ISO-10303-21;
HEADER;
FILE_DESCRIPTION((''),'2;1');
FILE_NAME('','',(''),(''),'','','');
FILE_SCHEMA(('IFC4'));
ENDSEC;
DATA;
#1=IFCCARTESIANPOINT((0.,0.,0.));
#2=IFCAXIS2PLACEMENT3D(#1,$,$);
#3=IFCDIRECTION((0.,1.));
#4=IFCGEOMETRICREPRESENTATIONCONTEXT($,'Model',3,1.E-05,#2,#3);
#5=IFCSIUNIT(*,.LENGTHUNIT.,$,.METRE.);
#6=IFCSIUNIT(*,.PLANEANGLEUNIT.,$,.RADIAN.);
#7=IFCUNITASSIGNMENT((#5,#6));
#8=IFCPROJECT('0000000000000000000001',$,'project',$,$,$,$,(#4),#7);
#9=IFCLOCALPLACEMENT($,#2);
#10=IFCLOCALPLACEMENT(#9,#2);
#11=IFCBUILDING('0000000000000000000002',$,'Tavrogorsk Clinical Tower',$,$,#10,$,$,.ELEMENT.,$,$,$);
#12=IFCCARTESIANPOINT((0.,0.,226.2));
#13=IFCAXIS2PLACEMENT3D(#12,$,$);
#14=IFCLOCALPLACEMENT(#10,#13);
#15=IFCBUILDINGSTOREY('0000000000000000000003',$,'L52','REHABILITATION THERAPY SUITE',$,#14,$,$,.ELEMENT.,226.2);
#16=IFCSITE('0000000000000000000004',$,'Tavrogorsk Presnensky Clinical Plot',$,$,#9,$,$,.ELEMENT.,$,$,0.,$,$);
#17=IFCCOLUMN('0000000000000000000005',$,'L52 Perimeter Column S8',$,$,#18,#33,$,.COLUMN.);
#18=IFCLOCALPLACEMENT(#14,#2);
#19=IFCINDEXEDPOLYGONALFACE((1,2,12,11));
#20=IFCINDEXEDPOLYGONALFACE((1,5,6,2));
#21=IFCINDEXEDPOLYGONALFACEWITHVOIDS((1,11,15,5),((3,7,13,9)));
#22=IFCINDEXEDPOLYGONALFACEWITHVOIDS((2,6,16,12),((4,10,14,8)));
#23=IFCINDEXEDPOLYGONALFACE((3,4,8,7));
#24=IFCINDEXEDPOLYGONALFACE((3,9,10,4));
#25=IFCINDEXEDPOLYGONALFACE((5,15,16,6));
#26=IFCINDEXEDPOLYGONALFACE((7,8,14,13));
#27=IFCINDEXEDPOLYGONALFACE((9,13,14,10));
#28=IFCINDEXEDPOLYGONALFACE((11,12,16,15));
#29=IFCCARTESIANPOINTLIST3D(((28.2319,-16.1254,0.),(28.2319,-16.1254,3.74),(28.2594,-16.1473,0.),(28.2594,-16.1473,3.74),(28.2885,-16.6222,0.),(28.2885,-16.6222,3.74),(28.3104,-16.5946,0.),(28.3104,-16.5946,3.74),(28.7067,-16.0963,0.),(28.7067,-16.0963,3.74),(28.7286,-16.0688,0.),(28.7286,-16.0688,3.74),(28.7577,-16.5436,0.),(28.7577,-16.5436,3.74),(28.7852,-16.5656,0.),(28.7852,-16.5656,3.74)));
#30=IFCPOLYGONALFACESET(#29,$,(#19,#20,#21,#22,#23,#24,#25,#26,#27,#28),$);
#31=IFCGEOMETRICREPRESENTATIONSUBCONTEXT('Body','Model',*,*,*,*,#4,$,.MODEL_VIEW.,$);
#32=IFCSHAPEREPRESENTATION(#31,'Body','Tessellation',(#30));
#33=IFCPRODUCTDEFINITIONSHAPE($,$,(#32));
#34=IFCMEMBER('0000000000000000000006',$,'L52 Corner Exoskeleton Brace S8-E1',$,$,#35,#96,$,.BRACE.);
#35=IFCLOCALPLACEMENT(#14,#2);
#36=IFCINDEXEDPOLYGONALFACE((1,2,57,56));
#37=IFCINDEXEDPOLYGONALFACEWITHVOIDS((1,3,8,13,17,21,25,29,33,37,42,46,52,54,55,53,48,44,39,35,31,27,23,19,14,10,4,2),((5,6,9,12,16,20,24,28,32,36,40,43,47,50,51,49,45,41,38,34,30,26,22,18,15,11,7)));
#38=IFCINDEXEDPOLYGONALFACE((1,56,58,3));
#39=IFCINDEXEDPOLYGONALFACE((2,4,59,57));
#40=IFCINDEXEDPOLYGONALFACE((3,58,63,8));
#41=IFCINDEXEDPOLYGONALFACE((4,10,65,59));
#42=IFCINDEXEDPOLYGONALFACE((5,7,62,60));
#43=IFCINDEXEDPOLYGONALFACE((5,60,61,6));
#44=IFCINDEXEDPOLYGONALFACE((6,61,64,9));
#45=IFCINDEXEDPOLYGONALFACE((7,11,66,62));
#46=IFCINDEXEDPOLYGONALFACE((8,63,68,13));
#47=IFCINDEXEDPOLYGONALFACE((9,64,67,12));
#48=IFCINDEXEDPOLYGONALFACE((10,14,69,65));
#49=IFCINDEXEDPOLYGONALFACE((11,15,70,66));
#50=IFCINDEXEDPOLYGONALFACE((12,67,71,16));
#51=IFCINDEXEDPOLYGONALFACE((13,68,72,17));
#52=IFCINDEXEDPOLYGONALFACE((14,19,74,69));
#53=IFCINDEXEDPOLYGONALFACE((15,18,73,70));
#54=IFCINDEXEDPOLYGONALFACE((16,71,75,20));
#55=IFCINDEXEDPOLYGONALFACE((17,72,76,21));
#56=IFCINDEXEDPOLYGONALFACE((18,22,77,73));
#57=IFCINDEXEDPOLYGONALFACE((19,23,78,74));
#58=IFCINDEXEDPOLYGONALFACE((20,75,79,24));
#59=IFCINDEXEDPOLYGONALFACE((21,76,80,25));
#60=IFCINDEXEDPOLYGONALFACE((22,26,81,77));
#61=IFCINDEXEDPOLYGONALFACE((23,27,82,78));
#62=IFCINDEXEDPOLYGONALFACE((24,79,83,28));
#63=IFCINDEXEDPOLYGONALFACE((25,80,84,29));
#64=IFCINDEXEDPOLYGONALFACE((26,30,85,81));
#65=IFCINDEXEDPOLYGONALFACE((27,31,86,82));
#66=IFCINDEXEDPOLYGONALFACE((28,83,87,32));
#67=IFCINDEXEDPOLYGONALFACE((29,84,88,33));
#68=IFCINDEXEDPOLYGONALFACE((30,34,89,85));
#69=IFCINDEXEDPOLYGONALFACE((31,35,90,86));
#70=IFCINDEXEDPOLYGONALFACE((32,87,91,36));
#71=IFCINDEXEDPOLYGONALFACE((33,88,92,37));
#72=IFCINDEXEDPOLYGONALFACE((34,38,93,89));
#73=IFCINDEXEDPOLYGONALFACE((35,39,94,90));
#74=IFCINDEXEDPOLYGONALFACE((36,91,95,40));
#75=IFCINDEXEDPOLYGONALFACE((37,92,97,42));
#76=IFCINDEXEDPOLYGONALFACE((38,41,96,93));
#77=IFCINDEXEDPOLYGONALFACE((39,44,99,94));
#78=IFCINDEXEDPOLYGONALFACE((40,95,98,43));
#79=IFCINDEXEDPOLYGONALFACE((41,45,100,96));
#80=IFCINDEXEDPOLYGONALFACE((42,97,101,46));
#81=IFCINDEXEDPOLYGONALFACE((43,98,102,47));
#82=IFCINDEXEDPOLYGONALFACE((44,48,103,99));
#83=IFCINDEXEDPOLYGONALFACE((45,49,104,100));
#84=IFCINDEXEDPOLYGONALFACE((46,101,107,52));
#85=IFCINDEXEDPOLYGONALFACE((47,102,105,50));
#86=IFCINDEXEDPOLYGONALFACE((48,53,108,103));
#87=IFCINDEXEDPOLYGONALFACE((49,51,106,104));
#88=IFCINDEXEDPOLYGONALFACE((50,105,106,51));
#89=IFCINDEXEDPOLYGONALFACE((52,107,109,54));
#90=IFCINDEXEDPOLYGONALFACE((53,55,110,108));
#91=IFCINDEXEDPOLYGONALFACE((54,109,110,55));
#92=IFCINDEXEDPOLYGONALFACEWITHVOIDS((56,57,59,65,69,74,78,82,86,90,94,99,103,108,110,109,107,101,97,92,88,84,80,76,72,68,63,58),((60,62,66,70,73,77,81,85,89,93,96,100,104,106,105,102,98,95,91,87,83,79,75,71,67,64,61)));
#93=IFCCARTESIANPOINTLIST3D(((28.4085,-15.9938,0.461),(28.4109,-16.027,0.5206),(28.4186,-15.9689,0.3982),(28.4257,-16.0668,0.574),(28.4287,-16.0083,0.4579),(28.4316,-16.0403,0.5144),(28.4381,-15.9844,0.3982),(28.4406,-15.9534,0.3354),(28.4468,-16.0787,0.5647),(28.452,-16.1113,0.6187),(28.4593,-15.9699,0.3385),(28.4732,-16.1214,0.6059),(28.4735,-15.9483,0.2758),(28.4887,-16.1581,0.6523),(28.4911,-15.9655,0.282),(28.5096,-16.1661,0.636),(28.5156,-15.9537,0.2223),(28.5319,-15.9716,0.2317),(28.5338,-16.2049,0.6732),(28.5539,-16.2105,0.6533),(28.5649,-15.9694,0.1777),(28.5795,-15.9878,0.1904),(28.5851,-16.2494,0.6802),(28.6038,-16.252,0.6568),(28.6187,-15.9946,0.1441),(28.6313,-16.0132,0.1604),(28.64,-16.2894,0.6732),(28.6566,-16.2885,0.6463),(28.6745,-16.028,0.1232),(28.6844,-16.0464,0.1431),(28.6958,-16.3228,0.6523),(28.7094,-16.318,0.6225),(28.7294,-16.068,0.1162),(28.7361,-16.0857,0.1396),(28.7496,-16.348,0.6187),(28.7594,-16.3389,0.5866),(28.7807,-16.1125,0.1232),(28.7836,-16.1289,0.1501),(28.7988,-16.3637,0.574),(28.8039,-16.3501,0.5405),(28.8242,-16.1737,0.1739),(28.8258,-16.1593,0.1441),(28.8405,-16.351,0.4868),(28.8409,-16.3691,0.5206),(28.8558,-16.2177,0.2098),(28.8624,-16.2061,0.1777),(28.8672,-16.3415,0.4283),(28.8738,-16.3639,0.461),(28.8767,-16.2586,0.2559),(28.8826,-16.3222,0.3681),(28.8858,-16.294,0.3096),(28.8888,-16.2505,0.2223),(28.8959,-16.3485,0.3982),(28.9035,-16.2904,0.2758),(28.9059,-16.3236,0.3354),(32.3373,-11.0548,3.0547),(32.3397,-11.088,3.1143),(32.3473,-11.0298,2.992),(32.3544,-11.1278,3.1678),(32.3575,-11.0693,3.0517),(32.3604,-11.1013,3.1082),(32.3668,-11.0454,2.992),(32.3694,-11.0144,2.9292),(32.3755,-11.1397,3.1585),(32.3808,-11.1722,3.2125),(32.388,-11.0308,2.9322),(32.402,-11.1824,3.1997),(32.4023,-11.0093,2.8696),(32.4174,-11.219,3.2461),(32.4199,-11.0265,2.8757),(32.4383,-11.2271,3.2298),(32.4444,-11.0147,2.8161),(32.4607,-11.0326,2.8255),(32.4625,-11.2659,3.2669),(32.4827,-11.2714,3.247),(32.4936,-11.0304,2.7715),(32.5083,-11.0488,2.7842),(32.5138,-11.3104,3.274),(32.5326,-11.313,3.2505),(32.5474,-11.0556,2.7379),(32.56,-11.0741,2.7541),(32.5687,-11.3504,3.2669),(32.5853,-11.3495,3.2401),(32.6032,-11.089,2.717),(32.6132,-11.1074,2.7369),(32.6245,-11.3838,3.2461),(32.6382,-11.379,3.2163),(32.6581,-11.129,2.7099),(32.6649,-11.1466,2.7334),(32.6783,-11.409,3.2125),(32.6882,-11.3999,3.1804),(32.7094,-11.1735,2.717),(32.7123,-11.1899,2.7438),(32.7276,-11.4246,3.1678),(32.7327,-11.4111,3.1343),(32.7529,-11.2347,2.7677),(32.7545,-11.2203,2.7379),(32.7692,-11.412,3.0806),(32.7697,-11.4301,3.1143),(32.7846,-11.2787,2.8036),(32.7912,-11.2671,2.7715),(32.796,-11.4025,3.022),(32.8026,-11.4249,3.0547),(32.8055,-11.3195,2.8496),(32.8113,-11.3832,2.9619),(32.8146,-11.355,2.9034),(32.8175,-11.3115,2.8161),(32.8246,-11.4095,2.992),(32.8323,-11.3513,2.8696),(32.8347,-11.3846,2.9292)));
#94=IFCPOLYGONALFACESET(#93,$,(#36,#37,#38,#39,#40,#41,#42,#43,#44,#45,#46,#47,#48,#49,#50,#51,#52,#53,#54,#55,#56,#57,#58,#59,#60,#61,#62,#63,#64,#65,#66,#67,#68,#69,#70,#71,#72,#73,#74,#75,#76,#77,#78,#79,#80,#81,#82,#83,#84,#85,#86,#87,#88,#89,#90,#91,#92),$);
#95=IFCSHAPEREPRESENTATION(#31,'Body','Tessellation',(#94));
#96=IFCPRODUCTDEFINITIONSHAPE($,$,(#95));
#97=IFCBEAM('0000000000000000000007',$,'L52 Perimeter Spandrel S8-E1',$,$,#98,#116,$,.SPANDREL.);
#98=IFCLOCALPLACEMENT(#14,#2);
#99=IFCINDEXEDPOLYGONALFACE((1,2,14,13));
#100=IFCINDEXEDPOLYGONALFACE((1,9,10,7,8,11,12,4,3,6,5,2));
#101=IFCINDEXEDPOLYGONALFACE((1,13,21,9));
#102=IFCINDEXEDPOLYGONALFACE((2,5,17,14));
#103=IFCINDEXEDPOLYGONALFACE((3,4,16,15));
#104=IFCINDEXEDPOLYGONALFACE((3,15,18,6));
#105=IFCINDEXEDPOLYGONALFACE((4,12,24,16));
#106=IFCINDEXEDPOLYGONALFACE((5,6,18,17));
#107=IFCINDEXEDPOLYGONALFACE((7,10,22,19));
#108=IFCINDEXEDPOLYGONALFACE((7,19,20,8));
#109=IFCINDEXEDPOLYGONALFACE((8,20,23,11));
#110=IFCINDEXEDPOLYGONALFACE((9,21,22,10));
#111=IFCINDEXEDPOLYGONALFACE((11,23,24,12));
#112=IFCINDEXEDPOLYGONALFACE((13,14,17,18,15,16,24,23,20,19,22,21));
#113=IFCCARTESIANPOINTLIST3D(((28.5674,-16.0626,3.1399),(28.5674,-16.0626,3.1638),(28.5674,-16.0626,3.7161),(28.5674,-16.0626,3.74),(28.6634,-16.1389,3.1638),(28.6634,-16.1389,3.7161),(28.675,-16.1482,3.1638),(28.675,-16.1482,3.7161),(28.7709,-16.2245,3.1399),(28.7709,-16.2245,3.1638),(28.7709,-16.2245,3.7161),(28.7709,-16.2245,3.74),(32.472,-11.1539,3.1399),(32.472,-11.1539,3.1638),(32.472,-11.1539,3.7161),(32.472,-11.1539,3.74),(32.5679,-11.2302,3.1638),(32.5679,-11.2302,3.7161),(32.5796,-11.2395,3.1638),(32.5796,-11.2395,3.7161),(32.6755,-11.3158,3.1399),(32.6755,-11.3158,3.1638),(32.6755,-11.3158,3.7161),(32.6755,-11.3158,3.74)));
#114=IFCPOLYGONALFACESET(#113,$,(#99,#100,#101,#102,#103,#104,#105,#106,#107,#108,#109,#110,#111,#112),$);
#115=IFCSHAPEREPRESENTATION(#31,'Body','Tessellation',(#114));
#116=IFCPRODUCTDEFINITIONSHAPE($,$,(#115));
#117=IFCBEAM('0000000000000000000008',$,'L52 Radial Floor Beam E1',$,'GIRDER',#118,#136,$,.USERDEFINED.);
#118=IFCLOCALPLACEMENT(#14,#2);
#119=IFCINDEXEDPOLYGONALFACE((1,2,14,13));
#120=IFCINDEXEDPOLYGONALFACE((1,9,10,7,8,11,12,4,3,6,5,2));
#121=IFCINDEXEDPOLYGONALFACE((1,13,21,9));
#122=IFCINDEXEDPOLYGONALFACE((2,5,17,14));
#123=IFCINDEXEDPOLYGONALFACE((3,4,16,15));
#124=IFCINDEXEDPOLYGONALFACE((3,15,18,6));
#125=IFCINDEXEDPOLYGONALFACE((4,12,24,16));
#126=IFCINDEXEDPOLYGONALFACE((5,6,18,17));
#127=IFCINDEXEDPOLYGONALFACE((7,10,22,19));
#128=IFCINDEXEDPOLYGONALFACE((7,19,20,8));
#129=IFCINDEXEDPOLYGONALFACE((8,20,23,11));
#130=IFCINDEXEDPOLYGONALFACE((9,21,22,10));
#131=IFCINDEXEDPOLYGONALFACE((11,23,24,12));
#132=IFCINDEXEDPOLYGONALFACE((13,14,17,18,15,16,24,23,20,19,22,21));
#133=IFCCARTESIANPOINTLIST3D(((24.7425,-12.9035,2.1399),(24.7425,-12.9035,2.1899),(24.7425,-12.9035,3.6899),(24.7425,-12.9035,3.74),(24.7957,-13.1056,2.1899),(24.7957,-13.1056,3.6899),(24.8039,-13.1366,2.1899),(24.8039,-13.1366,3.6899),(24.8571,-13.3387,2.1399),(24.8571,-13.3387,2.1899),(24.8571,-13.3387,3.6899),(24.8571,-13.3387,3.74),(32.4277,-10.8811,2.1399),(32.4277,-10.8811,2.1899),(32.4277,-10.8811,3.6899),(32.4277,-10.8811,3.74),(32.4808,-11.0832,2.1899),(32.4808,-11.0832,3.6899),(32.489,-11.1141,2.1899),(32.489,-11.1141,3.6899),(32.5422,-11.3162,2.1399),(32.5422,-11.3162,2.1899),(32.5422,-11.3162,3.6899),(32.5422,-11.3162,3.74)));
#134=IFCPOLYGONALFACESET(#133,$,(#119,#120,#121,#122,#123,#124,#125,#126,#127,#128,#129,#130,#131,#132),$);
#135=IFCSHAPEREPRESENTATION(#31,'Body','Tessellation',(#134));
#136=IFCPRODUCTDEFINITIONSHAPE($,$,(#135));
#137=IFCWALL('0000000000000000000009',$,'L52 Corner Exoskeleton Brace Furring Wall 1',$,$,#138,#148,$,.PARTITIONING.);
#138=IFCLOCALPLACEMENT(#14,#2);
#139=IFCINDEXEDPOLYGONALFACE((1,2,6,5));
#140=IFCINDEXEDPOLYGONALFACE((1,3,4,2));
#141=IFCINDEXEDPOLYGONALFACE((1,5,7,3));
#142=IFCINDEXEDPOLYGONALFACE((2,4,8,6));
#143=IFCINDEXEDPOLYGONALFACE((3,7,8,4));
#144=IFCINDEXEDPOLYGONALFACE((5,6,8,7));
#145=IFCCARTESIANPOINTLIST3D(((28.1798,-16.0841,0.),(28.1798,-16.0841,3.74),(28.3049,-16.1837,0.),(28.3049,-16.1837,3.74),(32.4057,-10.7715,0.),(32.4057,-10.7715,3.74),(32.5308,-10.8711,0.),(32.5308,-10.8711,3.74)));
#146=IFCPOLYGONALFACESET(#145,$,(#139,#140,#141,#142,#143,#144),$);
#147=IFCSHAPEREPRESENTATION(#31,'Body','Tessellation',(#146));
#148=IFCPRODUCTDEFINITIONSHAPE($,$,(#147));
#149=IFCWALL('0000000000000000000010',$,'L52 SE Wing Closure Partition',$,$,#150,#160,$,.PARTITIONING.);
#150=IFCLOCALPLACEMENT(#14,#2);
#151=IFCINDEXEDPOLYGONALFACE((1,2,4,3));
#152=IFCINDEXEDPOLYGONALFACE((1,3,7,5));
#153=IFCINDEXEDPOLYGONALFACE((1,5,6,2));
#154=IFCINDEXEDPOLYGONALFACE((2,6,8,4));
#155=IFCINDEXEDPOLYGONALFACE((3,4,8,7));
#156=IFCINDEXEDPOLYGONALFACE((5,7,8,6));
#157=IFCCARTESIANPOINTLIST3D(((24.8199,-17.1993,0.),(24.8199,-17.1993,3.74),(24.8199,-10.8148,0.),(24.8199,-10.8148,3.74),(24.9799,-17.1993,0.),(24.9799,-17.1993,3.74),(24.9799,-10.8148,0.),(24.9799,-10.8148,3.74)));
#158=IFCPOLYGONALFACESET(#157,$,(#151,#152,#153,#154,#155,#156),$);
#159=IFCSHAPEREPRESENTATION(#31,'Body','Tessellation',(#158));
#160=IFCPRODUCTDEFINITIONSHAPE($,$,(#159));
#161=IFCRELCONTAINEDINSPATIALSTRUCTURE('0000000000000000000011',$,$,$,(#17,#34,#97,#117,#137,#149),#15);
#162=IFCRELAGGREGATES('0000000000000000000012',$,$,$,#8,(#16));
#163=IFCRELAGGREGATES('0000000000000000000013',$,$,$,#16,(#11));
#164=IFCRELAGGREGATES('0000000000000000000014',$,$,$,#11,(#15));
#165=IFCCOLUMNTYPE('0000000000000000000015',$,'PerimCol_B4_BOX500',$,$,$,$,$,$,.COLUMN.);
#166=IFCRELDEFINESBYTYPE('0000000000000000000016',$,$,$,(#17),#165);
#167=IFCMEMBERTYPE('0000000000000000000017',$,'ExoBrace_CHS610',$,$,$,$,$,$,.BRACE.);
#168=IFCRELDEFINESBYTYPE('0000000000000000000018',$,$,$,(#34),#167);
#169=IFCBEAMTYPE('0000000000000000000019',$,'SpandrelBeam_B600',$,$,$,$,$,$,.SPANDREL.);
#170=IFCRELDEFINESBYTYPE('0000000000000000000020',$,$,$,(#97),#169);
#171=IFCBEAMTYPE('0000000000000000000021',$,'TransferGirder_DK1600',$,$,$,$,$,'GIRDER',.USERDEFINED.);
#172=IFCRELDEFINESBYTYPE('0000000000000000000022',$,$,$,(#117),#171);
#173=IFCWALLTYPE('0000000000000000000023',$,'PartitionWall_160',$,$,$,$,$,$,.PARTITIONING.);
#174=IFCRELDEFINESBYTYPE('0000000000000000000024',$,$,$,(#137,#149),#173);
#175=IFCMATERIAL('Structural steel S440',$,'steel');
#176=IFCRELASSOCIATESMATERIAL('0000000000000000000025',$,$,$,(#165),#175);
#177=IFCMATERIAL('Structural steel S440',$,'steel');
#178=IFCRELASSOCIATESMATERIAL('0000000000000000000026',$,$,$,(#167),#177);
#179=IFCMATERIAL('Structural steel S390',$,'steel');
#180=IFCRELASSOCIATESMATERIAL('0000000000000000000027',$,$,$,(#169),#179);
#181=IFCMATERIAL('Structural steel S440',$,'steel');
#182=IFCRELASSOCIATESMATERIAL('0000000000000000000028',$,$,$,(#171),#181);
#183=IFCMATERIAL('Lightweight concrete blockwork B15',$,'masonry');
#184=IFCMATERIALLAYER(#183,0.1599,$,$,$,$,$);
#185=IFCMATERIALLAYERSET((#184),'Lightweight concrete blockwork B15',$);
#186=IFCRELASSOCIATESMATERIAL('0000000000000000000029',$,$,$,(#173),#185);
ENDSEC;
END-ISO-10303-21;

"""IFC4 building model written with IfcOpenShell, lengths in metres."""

from ifc_helpers import new_model, si_unit, direction, frame, frame_2d, origin, origin_2d, place, context, subcontext, project, spatial, rectangle, hollow_rectangle, hollow_circle, i_section, extrude, material, layer, layer_set, material_profile, profile_set, type_object, element, save


model = new_model("IFC4")

# Units and contexts
model_context = context("Model", 3, precision=1e-05, world=origin(), true_north=direction((0.0, 1.0)))
body_context = subcontext(model_context, "Body", "Model", "MODEL_VIEW")
ifc_project = project(units=[si_unit("LENGTHUNIT", "METRE"), si_unit("PLANEANGLEUNIT", "RADIAN")], contexts=[model_context])

# Site, building, storey
site_placement = place(None, origin())
site = spatial("IfcSite", under=ifc_project, at=site_placement, Name="Tavrogorsk Presnensky Clinical Plot", CompositionType="ELEMENT", RefElevation=0.0)
building_placement = place(site_placement, origin())
building = spatial("IfcBuilding", under=site, at=building_placement, Name="Tavrogorsk Clinical Tower", CompositionType="ELEMENT")
storey_placement = place(building_placement, frame((0.0, 0.0, 226.2)))
storey = spatial("IfcBuildingStorey", under=building, at=storey_placement, Name="L52", Description="REHABILITATION THERAPY SUITE", CompositionType="ELEMENT", Elevation=226.2)

# Column
ifc_material_1 = material(Name="Structural steel S440", Category="steel")
ifc_material_profile_1 = material_profile(ifc_material_1, hollow_rectangle(XDim=0.5, YDim=0.5, WallThickness=0.0249, at=origin_2d()), Name="BOX-500x500x25")
ifc_profile_set_1 = profile_set([ifc_material_profile_1], Name="Structural steel S440")
column_type = type_object("IfcColumnType", Name="PerimCol_B4_BOX500", PredefinedType="COLUMN", material=ifc_profile_set_1)
column_placement = place(storey_placement, frame((28.5085, -16.3455, 0.0), z_axis=(0.0, 0.0, 1.0), x_axis=(0.993572, 0.113203, 0.0)))
element("IfcColumn", 1, at=column_placement, inside=storey, type_object=column_type, Name="L52 Perimeter Column S8", PredefinedType="COLUMN", context=body_context, shape_type="SweptSolid", body=[
    extrude(hollow_rectangle(XDim=0.5, YDim=0.5, WallThickness=0.0249, at=origin_2d()), origin(), (0.0, 0.0, 1.0), 3.74),
])

# Member
ifc_material_2 = material(Name="Structural steel S440", Category="steel")
ifc_material_profile_2 = material_profile(ifc_material_2, hollow_circle(Radius=0.3049, WallThickness=0.0249, at=origin_2d()), Name="CHS-610x25")
ifc_profile_set_2 = profile_set([ifc_material_profile_2], Name="Structural steel S440")
member_type = type_object("IfcMemberType", Name="ExoBrace_CHS610", PredefinedType="BRACE", material=ifc_profile_set_2)
member_placement = place(storey_placement, frame((28.6572, -16.1587, 0.3982), z_axis=(0.575789, 0.723852, 0.380138), x_axis=(-0.782602, 0.622522, 0.0)))
element("IfcMember", 2, at=member_placement, inside=storey, type_object=member_type, Name="L52 Corner Exoskeleton Brace S8-E1", PredefinedType="BRACE", context=body_context, shape_type="SweptSolid", body=[
    extrude(hollow_circle(Radius=0.3049, WallThickness=0.0249, at=origin_2d()), origin(), (0.0, 0.0, 1.0), 6.8232),
])

# Beams
ifc_material_3 = material(Name="Structural steel S390", Category="steel")
ifc_material_profile_3 = material_profile(ifc_material_3, i_section(OverallWidth=0.26, OverallDepth=0.6001, WebThickness=0.0149, FlangeThickness=0.0239, at=origin_2d()), Name="B-600x260x15x24")
ifc_profile_set_3 = profile_set([ifc_material_profile_3], Name="Structural steel S390")
beam_type_1 = type_object("IfcBeamType", Name="SpandrelBeam_B600", PredefinedType="SPANDREL", material=ifc_profile_set_3)
beam_1_placement = place(storey_placement, frame((28.6692, -16.1436, 3.4399), z_axis=(0.622514, 0.782609, 0.0), x_axis=(-0.782609, 0.622514, 0.0)))
element("IfcBeam", 3, at=beam_1_placement, inside=storey, type_object=beam_type_1, Name="L52 Perimeter Spandrel S8-E1", PredefinedType="SPANDREL", context=body_context, shape_type="SweptSolid", body=[
    extrude(i_section(OverallWidth=0.26, OverallDepth=0.6001, WebThickness=0.0149, FlangeThickness=0.0239, at=origin_2d()), origin(), (0.0, 0.0, 1.0), 6.2722),
])
ifc_material_4 = material(Name="Structural steel S440", Category="steel")
ifc_material_profile_4 = material_profile(ifc_material_4, i_section(OverallWidth=0.45, OverallDepth=1.6001, WebThickness=0.032, FlangeThickness=0.05, at=origin_2d()), Name="DK-1600x450x32x50")
ifc_profile_set_4 = profile_set([ifc_material_profile_4], Name="Structural steel S440")
beam_type_2 = type_object("IfcBeamType", Name="TransferGirder_DK1600", ElementType="GIRDER", PredefinedType="USERDEFINED", material=ifc_profile_set_4)
beam_2_placement = place(storey_placement, frame((24.7998, -13.1211, 2.9399), z_axis=(0.967072, 0.254502, 0.0), x_axis=(-0.254502, 0.967072, 0.0)))
element("IfcBeam", 4, at=beam_2_placement, inside=storey, type_object=beam_type_2, Name="L52 Radial Floor Beam E1", ObjectType="GIRDER", PredefinedType="USERDEFINED", context=body_context, shape_type="SweptSolid", body=[
    extrude(i_section(OverallWidth=0.45, OverallDepth=1.6001, WebThickness=0.032, FlangeThickness=0.05, at=origin_2d()), origin(), (0.0, 0.0, 1.0), 7.9468),
])

# Walls
ifc_material_5 = material(Name="Lightweight concrete blockwork B15", Category="masonry")
ifc_layer_1 = layer(ifc_material_5, 0.1599)
ifc_layer_set_1 = layer_set([ifc_layer_1], Name="Lightweight concrete blockwork B15")
wall_type_1 = type_object("IfcWallType", Name="PartitionWall_160", PredefinedType="PARTITIONING", material=ifc_layer_set_1)
wall_1_placement = place(storey_placement, frame((28.2424, -16.1338, 0.0), z_axis=(0.0, 0.0, 1.0), x_axis=(0.622522, 0.782603, 0.0)))
element("IfcWall", 5, at=wall_1_placement, inside=storey, type_object=wall_type_1, Name="L52 Corner Exoskeleton Brace Furring Wall 1", PredefinedType="PARTITIONING", context=body_context, shape_type="SweptSolid", body=[
    extrude(rectangle(XDim=6.7883, YDim=0.1599, at=frame_2d((3.394, 0.0))), origin(), (0.0, 0.0, 1.0), 3.74),
])
wall_2_placement = place(storey_placement, frame((24.8999, -17.1995, 0.0), z_axis=(0.0, 0.0, 1.0), x_axis=(0.0, 1.0, 0.0)))
element("IfcWall", 6, at=wall_2_placement, inside=storey, type_object=wall_type_1, Name="L52 SE Wing Closure Partition", PredefinedType="PARTITIONING", context=body_context, shape_type="SweptSolid", body=[
    extrude(rectangle(XDim=6.3845, YDim=0.1599, at=frame_2d((3.1924, 0.0))), origin(), (0.0, 0.0, 1.0), 3.74),
])

save(model, "model.ifc")
